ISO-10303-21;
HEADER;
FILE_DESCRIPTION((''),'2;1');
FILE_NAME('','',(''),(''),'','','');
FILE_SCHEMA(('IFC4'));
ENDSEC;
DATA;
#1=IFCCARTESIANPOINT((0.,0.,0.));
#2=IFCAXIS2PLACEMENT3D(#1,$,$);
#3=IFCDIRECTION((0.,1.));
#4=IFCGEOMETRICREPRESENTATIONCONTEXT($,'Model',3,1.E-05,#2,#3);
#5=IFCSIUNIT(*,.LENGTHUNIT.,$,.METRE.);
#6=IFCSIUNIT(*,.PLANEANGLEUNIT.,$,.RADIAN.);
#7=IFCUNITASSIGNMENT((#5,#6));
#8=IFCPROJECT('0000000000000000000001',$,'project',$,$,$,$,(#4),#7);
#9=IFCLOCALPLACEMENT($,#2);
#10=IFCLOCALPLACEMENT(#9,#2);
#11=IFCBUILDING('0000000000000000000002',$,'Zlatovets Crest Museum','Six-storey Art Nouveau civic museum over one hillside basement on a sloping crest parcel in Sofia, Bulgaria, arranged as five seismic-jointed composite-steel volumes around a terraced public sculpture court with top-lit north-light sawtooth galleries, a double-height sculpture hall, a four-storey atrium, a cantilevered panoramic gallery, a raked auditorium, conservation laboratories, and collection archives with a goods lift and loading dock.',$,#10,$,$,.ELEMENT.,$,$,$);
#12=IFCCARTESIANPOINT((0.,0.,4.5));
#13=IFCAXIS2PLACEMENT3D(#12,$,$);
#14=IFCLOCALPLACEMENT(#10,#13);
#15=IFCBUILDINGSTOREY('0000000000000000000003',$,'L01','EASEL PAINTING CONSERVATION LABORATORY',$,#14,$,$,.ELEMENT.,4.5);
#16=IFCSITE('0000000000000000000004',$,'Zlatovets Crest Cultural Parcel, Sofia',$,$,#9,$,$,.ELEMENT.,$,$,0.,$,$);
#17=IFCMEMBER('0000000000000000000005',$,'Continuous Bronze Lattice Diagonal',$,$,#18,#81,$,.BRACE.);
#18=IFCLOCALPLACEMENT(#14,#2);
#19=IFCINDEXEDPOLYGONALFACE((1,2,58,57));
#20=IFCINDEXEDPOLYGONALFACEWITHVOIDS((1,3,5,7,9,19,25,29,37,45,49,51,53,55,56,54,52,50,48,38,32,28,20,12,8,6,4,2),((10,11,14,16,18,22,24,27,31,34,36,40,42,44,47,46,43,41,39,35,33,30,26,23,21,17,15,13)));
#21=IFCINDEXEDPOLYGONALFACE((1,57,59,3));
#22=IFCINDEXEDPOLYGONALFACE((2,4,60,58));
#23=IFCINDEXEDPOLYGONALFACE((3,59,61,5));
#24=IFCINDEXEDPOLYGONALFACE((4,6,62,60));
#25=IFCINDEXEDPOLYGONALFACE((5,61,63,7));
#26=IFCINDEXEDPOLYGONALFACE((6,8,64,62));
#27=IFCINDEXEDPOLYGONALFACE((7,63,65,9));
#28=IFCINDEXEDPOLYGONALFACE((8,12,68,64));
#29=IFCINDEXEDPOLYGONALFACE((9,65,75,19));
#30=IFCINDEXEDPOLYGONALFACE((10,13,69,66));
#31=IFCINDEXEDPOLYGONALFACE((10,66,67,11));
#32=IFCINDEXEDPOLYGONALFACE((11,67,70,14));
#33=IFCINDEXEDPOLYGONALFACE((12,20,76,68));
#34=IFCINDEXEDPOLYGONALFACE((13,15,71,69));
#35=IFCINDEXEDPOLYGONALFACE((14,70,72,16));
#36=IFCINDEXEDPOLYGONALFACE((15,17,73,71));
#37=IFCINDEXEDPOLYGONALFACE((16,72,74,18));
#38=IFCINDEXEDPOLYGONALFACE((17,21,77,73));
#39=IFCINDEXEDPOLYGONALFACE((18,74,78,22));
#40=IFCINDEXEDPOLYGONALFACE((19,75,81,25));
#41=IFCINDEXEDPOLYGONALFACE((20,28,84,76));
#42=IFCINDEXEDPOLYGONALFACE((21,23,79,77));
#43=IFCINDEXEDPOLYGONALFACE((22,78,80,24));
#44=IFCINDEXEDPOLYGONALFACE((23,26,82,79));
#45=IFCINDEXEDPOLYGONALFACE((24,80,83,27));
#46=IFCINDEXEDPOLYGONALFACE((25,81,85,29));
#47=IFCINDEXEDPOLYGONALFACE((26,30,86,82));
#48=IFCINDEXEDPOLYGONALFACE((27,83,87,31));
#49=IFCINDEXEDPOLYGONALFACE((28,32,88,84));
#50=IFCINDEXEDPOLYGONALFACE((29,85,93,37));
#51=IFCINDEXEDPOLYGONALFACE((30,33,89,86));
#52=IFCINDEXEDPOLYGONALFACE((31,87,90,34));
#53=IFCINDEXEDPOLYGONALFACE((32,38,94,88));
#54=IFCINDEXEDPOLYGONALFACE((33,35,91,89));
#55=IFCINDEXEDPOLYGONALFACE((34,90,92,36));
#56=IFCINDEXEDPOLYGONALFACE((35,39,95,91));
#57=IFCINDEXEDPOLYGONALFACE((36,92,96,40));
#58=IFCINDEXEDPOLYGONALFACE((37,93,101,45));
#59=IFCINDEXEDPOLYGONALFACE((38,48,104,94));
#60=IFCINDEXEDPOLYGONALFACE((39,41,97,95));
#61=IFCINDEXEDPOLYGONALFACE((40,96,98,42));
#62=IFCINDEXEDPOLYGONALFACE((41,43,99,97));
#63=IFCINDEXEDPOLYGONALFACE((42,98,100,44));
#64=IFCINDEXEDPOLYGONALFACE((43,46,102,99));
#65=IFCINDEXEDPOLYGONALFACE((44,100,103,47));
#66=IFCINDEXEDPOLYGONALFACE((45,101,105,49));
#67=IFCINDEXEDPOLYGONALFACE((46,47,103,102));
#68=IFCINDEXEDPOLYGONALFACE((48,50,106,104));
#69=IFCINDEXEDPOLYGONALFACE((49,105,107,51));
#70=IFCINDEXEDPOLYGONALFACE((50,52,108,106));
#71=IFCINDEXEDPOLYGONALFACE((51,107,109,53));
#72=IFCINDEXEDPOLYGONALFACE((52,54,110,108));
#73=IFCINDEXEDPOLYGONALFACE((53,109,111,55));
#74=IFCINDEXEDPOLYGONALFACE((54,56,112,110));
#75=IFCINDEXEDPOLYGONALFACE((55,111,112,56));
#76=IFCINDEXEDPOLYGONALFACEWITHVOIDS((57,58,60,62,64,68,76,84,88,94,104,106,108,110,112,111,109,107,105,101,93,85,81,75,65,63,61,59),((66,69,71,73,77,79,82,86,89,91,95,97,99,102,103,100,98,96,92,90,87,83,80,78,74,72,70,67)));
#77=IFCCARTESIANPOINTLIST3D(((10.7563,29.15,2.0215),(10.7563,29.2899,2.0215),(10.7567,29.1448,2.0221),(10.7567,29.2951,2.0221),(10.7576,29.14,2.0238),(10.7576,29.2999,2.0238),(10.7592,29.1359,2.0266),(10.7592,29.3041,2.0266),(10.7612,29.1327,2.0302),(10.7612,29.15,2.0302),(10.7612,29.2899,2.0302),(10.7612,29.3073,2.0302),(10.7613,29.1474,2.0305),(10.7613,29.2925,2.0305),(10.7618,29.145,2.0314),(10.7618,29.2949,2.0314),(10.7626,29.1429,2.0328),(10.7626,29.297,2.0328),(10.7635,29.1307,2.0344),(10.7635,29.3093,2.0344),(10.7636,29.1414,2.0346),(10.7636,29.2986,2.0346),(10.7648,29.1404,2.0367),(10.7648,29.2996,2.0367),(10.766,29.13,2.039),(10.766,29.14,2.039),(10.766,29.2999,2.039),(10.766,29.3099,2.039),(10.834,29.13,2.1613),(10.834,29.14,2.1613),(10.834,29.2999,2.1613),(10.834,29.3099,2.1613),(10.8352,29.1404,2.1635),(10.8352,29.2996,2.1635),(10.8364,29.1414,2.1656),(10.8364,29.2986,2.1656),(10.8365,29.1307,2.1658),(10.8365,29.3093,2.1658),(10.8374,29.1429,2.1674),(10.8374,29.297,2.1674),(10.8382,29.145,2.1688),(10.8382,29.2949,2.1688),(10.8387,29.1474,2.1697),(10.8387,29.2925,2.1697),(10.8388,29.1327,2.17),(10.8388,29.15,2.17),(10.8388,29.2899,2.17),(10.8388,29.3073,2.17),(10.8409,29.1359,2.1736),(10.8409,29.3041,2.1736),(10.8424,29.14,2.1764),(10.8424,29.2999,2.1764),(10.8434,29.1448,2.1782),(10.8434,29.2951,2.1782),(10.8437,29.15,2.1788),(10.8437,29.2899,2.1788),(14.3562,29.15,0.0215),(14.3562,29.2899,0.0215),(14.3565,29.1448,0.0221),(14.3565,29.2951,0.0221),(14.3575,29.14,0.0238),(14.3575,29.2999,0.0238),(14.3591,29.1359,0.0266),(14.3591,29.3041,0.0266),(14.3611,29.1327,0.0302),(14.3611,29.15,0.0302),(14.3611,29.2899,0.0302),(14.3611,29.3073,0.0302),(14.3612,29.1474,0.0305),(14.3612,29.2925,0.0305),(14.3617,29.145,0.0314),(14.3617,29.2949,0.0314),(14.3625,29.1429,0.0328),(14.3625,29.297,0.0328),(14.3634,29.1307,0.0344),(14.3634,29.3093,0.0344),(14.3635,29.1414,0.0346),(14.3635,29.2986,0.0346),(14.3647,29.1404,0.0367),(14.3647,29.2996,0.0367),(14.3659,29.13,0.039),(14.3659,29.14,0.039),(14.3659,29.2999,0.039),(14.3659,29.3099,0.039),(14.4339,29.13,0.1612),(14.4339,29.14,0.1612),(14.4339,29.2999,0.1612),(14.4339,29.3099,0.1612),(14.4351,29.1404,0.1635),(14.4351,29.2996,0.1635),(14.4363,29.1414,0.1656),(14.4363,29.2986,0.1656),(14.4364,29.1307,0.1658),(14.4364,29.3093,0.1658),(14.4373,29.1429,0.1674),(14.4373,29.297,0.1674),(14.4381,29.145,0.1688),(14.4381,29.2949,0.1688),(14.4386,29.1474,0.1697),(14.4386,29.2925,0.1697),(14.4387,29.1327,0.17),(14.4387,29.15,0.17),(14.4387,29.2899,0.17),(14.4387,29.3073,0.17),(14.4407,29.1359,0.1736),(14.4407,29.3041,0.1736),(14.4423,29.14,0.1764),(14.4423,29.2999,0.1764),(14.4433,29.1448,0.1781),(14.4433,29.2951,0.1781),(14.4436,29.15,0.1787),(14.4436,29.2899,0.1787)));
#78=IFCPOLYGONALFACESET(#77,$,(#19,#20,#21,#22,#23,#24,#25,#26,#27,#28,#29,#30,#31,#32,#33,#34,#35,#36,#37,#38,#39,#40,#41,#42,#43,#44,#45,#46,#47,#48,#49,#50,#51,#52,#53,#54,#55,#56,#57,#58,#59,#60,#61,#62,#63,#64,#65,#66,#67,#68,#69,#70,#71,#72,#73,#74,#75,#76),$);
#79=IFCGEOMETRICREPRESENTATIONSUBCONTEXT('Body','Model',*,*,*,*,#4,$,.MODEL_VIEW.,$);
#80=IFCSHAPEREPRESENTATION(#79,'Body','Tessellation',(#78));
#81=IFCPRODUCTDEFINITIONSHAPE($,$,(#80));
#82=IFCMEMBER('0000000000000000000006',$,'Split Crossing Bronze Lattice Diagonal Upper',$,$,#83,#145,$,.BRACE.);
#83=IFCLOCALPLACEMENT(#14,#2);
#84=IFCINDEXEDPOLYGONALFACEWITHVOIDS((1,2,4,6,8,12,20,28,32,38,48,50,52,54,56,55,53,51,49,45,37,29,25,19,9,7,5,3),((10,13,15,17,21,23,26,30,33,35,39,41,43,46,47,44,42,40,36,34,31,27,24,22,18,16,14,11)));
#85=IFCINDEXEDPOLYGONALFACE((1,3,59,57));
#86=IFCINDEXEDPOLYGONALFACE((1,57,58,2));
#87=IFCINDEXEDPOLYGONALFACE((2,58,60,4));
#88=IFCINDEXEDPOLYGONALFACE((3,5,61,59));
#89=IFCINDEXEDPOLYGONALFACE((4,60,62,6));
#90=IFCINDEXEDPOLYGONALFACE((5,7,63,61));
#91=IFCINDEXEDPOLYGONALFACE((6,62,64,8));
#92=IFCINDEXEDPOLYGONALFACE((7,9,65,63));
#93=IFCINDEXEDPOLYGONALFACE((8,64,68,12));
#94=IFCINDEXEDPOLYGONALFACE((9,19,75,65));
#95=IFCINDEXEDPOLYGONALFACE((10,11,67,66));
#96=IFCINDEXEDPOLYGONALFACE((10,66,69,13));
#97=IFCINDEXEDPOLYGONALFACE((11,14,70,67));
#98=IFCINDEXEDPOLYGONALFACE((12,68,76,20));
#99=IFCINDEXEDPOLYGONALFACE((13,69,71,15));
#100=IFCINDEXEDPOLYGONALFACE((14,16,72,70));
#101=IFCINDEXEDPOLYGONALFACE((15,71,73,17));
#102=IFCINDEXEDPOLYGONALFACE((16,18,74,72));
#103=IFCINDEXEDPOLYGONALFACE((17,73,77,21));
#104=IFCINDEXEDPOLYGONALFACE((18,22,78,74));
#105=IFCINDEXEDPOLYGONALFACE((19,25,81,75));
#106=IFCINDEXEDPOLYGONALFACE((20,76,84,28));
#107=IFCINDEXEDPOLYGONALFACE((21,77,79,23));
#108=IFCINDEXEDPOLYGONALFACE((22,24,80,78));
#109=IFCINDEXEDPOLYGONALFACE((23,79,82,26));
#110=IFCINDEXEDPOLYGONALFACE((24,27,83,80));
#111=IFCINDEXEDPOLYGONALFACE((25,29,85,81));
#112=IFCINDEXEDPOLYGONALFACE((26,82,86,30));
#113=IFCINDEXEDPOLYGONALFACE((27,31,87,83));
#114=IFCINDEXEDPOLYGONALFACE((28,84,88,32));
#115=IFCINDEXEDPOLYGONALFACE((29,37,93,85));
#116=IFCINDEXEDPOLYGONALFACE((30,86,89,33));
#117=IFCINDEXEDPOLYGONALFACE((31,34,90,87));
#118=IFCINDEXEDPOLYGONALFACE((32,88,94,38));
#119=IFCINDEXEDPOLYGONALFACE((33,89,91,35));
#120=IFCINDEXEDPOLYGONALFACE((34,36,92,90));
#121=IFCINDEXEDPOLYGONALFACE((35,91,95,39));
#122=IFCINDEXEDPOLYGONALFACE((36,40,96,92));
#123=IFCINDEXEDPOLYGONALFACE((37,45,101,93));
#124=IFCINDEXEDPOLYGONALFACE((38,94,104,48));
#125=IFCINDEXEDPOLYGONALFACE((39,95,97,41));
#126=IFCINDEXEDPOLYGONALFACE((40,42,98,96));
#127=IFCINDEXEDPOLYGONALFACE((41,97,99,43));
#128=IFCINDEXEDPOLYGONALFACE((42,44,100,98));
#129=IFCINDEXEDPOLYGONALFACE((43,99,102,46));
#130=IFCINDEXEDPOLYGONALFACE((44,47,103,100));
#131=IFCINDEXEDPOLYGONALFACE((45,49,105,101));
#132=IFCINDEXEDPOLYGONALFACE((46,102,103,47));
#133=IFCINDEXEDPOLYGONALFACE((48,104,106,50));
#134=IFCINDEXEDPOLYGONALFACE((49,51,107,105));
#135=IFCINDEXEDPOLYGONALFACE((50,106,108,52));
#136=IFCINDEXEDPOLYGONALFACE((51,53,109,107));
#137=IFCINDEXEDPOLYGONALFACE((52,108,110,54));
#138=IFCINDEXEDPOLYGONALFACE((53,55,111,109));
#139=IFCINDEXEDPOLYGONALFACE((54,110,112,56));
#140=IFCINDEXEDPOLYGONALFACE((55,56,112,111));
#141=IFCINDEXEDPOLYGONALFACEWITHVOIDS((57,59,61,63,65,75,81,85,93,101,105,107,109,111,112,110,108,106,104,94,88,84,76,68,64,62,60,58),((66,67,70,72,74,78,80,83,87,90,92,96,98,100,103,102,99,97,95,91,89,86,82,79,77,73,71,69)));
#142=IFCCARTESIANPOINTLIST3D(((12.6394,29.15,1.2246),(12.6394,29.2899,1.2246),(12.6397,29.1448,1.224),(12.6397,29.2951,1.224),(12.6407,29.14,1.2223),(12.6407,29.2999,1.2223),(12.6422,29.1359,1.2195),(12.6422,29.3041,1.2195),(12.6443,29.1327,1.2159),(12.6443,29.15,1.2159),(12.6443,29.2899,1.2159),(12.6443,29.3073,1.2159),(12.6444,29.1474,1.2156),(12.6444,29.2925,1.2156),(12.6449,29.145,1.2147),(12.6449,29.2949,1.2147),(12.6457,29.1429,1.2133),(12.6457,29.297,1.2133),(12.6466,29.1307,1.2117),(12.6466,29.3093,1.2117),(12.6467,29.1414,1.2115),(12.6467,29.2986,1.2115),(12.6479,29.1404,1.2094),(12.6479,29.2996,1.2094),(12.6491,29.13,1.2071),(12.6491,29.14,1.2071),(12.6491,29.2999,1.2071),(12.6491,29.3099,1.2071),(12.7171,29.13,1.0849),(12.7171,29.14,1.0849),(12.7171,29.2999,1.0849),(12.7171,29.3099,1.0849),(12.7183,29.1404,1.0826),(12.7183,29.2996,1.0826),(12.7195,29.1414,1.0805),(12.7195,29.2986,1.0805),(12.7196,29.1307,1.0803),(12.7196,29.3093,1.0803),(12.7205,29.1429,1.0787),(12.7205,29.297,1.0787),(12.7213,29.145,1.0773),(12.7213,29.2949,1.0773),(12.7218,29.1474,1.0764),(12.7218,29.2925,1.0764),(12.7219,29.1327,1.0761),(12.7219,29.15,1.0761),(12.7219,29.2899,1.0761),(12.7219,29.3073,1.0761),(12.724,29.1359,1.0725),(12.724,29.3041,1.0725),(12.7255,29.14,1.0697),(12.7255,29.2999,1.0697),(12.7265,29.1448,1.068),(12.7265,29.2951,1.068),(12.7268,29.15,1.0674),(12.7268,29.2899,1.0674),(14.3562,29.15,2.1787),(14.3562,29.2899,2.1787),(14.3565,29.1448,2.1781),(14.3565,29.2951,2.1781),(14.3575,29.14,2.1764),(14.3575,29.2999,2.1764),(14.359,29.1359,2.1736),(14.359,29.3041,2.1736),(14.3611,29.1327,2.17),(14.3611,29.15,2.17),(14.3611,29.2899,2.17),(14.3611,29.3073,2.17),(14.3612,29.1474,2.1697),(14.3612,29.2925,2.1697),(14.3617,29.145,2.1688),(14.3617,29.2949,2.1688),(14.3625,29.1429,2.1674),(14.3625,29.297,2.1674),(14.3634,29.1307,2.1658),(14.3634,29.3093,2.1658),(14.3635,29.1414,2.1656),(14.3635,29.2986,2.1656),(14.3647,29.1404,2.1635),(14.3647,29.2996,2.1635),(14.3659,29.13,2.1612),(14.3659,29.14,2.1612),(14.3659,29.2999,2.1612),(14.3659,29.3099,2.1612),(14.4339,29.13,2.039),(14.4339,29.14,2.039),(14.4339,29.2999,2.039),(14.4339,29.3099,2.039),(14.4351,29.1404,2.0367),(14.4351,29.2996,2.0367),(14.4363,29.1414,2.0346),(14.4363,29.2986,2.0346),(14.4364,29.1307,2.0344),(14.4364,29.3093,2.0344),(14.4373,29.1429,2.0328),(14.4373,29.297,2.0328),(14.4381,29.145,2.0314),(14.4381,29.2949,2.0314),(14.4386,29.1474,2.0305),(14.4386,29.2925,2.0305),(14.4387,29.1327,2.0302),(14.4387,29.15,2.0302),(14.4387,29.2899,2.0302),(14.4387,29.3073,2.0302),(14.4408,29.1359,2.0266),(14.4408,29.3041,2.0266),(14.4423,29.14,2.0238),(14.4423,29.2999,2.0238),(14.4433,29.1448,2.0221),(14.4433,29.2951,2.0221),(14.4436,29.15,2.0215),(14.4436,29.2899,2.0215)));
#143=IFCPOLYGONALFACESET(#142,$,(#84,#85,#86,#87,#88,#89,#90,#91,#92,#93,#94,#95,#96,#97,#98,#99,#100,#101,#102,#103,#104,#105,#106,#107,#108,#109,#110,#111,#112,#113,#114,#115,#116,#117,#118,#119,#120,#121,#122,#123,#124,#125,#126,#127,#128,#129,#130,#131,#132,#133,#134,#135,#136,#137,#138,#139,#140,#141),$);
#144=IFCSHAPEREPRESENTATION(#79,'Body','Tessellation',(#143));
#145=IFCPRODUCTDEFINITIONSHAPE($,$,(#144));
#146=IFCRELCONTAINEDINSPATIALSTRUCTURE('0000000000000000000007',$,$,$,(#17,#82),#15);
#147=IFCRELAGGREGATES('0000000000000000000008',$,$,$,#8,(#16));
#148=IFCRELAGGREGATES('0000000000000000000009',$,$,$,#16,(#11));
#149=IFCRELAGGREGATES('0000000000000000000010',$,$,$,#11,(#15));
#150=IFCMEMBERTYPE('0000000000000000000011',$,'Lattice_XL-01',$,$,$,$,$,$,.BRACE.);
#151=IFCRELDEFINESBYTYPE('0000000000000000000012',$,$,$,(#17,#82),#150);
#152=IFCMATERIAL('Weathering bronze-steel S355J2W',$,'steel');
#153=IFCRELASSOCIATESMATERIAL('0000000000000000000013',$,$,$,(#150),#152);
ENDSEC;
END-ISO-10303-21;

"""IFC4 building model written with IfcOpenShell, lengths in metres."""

from ifc_helpers import new_model, si_unit, direction, frame, origin, origin_2d, place, context, subcontext, project, spatial, hollow_rectangle, extrude, material, material_profile, profile_set, type_object, element, save


model = new_model("IFC4")

# Units and contexts
model_context = context("Model", 3, precision=1e-05, world=origin(), true_north=direction((0.0, 1.0)))
body_context = subcontext(model_context, "Body", "Model", "MODEL_VIEW")
ifc_project = project(units=[si_unit("LENGTHUNIT", "METRE"), si_unit("PLANEANGLEUNIT", "RADIAN")], contexts=[model_context])

# Site, building, storey
site_placement = place(None, origin())
site = spatial("IfcSite", under=ifc_project, at=site_placement, Name="Zlatovets Crest Cultural Parcel, Sofia", CompositionType="ELEMENT", RefElevation=0.0)
building_placement = place(site_placement, origin())
building = spatial("IfcBuilding", under=site, at=building_placement, Name="Zlatovets Crest Museum", Description="Six-storey Art Nouveau civic museum over one hillside basement on a sloping crest parcel in Sofia, Bulgaria, arranged as five seismic-jointed composite-steel volumes around a terraced public sculpture court with top-lit north-light sawtooth galleries, a double-height sculpture hall, a four-storey atrium, a cantilevered panoramic gallery, a raked auditorium, conservation laboratories, and collection archives with a goods lift and loading dock.", CompositionType="ELEMENT")
storey_placement = place(building_placement, frame((0.0, 0.0, 4.5)))
storey = spatial("IfcBuildingStorey", under=building, at=storey_placement, Name="L01", Description="EASEL PAINTING CONSERVATION LABORATORY", CompositionType="ELEMENT", Elevation=4.5)

# Members
ifc_material_1 = material(Name="Weathering bronze-steel S355J2W", Category="steel")
ifc_material_profile_1 = material_profile(ifc_material_1, hollow_rectangle(XDim=0.1799, YDim=0.1799, WallThickness=0.01, InnerFilletRadius=0.01, OuterFilletRadius=0.02, at=origin_2d()), Name="SHS 180x180x10.0")
ifc_profile_set_1 = profile_set([ifc_material_profile_1], Name="Weathering bronze-steel S355J2W")
member_type_1 = type_object("IfcMemberType", Name="Lattice_XL-01", PredefinedType="BRACE", material=ifc_profile_set_1)
member_1_placement = place(storey_placement, frame((14.3999, 29.22, 0.1001), z_axis=(-0.874149, 0.0, 0.485658), x_axis=(0.0, -1.0, 0.0)))
element("IfcMember", 1, at=member_1_placement, inside=storey, type_object=member_type_1, Name="Continuous Bronze Lattice Diagonal", PredefinedType="BRACE", context=body_context, shape_type="SweptSolid", body=[
    extrude(hollow_rectangle(XDim=0.1799, YDim=0.1799, WallThickness=0.01, InnerFilletRadius=0.01, OuterFilletRadius=0.02, at=origin_2d()), origin(), (0.0, 0.0, 1.0), 4.1182),
])
for number, where, z_axis, x_axis, name in (
    (2, (14.3999, 29.22, 2.1001), (-0.874087, 0.0, -0.48577), (0.0, -1.0, 0.0), "Split Crossing Bronze Lattice Diagonal Upper"),
):
    element("IfcMember", number, at=place(storey_placement, frame(where, z_axis=z_axis, x_axis=x_axis)), inside=storey, type_object=member_type_1, Name=name, PredefinedType="BRACE", context=body_context, shape_type="SweptSolid", body=[
        extrude(hollow_rectangle(XDim=0.1799, YDim=0.1799, WallThickness=0.01, InnerFilletRadius=0.01, OuterFilletRadius=0.02, at=origin_2d()), origin(), (0.0, 0.0, 1.0), 1.9641),
    ])

save(model, "model.ifc")
